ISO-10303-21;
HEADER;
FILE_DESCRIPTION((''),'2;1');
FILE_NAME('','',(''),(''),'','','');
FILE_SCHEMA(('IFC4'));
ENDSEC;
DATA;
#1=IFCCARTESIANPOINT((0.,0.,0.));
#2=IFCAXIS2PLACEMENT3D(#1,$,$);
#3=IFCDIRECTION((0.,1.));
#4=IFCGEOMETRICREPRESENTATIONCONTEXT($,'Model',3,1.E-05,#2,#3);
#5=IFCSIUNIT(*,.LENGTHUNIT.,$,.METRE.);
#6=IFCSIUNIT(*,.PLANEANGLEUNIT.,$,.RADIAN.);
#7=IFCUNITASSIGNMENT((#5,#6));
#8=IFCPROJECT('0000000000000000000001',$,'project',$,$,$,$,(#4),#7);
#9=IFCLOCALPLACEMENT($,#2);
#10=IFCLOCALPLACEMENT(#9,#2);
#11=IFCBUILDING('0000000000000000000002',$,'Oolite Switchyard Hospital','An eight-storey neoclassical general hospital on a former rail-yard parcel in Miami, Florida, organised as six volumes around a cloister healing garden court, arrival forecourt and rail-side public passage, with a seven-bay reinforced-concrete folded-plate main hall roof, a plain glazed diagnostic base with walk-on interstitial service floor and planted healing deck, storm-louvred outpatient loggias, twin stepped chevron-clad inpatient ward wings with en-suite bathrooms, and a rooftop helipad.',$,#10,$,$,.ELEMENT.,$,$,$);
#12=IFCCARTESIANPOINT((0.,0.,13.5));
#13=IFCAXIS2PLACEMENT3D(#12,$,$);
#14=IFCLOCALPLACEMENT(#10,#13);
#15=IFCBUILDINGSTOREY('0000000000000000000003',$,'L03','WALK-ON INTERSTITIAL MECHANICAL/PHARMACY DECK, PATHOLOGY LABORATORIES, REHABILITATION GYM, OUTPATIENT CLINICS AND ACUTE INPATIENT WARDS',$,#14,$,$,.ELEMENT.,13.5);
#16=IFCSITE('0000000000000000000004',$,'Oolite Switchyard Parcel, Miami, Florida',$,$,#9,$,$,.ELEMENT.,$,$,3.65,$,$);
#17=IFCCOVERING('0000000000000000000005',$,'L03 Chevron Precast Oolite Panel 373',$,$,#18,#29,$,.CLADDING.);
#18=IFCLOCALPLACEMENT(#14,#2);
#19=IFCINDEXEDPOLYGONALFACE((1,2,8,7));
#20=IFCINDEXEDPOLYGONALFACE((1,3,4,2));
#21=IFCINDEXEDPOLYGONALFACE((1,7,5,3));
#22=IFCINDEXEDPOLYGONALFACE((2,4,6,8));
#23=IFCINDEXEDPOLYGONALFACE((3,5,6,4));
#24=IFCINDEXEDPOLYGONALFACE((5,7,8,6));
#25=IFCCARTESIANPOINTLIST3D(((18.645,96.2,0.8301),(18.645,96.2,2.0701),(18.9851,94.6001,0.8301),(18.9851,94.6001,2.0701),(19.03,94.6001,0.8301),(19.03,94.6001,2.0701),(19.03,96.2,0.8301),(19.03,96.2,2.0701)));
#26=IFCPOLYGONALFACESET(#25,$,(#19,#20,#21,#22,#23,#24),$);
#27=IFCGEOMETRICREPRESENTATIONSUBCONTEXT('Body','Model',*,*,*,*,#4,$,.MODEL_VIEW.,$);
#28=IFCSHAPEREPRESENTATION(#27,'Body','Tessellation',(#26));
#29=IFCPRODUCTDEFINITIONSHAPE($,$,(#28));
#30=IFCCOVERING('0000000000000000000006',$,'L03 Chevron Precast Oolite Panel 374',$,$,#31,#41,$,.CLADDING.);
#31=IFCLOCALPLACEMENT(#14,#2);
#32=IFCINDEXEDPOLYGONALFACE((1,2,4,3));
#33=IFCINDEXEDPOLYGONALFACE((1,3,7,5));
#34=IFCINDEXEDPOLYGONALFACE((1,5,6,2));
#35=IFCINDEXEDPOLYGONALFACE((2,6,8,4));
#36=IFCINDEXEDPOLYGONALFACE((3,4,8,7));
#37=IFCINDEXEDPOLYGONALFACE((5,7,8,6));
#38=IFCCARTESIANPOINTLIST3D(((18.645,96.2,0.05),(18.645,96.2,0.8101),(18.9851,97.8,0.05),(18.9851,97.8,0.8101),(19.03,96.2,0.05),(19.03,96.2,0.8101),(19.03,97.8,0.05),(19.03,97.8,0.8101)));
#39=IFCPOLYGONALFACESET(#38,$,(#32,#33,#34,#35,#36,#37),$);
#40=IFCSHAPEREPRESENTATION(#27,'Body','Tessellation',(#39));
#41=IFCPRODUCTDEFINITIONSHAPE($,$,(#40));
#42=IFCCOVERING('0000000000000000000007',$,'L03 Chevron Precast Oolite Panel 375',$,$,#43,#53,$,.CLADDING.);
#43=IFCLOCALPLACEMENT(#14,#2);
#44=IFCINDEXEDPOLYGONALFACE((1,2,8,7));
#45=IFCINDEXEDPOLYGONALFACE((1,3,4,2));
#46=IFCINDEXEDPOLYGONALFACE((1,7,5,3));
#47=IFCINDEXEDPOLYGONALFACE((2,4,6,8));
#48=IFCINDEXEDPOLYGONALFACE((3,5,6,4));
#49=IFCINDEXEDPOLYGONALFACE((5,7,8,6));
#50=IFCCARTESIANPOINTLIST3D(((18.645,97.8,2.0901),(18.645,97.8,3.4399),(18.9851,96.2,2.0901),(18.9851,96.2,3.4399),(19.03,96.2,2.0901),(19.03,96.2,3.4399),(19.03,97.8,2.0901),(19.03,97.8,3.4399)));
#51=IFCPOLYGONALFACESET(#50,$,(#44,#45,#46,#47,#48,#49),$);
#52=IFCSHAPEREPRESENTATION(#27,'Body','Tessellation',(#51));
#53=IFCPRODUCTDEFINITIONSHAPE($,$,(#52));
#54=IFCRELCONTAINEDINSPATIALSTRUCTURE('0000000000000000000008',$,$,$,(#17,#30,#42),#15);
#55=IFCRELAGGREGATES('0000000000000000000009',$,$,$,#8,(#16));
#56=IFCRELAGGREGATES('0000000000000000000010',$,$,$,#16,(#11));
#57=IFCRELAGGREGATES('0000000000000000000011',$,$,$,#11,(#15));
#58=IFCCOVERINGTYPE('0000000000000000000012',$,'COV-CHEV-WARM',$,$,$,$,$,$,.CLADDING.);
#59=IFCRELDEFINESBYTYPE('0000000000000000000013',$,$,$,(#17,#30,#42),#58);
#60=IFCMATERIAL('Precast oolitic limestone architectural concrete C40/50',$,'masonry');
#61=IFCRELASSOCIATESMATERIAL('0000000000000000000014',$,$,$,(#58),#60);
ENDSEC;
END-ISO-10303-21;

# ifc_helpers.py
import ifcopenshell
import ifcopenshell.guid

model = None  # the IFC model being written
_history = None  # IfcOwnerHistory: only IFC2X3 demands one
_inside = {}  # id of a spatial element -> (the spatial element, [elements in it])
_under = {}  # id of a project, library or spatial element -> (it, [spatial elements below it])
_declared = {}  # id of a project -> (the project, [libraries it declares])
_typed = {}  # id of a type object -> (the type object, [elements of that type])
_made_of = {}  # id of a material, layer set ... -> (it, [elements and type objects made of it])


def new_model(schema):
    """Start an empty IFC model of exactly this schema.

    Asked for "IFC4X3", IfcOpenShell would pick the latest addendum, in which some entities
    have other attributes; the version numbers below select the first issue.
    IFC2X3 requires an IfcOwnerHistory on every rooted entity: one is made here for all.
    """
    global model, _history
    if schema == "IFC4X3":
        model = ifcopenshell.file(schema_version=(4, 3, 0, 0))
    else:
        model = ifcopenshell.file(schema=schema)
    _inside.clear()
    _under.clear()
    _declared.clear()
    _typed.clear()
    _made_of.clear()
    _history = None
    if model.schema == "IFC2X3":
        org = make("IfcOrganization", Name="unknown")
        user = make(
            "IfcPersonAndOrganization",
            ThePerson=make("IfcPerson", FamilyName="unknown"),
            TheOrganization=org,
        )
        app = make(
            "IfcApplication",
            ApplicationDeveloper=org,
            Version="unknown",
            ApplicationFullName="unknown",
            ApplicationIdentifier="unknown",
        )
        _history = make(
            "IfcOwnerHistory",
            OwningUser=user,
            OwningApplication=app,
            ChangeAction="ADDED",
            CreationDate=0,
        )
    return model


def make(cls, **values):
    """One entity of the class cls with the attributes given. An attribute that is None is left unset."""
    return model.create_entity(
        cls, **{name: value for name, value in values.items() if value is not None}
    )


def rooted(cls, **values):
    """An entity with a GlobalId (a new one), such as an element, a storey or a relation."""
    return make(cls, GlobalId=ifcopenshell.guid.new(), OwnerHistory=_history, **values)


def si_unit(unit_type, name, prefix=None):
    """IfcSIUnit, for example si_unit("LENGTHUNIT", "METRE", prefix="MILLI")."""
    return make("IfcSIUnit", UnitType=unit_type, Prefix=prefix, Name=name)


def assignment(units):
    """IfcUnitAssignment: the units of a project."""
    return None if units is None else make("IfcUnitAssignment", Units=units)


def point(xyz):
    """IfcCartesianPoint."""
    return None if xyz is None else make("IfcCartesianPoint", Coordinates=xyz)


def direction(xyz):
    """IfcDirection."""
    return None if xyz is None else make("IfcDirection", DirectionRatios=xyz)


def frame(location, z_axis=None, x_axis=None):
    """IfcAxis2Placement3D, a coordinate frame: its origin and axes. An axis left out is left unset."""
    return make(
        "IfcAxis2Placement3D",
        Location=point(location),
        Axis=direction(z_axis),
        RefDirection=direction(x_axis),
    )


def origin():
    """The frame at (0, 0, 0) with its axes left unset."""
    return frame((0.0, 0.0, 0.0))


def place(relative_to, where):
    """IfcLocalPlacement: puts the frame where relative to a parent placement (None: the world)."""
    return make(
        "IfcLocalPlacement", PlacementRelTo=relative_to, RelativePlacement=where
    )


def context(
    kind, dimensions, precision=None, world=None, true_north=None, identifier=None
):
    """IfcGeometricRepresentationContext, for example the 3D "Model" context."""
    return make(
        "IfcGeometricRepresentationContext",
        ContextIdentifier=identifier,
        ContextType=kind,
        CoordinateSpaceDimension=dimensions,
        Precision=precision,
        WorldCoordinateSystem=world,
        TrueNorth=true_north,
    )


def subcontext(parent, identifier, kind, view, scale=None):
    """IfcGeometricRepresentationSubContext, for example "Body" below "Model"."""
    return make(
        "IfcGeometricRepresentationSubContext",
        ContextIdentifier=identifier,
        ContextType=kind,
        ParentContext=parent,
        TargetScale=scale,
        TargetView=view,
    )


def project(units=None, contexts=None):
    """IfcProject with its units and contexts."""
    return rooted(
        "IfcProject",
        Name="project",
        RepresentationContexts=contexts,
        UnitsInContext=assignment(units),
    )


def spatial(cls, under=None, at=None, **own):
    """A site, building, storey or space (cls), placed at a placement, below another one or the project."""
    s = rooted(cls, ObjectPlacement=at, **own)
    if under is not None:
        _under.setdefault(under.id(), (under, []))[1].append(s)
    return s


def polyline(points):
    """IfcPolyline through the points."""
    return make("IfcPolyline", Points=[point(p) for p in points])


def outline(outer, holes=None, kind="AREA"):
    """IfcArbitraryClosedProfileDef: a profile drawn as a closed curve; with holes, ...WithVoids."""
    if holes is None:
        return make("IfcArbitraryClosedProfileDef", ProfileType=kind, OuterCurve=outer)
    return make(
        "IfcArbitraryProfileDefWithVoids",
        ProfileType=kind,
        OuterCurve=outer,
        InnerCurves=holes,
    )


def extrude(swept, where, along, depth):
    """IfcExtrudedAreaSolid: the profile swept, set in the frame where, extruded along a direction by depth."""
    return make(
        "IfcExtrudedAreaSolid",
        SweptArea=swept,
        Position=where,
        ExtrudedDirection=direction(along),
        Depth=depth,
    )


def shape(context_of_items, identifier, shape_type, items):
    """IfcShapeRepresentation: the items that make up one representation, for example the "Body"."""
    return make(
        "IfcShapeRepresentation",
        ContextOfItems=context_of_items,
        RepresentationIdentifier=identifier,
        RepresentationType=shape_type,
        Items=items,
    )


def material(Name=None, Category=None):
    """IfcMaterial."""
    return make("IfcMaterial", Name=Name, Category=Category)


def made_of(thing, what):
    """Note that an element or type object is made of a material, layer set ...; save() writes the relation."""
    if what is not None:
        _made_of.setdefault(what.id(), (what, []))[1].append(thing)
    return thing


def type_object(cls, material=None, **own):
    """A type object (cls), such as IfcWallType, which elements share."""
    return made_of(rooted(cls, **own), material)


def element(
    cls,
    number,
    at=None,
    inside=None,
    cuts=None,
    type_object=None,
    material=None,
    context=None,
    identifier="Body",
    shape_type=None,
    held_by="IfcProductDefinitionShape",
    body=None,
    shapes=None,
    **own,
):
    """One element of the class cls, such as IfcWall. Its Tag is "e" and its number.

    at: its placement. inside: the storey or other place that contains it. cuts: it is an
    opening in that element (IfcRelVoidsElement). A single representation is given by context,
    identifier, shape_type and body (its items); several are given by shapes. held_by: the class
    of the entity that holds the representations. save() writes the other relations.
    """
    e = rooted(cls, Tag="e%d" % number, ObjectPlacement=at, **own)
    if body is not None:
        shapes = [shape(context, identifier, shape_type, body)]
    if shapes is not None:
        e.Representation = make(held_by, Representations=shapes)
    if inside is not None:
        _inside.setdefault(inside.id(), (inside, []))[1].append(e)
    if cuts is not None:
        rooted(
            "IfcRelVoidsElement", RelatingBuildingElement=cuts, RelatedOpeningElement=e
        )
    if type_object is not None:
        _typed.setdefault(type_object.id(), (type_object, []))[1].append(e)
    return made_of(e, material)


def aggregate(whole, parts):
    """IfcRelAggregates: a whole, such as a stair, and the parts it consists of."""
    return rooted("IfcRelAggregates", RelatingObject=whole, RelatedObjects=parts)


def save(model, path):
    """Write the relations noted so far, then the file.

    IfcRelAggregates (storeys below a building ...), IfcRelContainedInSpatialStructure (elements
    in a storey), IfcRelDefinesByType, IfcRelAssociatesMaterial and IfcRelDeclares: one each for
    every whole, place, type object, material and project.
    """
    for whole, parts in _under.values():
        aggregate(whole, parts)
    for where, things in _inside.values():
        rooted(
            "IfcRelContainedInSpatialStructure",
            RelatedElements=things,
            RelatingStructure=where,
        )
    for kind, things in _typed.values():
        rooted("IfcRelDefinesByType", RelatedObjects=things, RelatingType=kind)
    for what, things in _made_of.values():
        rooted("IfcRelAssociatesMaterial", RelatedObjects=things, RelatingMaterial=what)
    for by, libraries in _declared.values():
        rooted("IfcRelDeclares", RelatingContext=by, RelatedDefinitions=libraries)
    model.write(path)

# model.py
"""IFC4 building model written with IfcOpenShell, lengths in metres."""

from ifc_helpers import new_model, si_unit, direction, frame, origin, place, context, subcontext, project, spatial, polyline, outline, extrude, material, type_object, element, save


model = new_model("IFC4")

# Units and contexts
model_context = context("Model", 3, precision=1e-05, world=origin(), true_north=direction((0.0, 1.0)))
body_context = subcontext(model_context, "Body", "Model", "MODEL_VIEW")
ifc_project = project(units=[si_unit("LENGTHUNIT", "METRE"), si_unit("PLANEANGLEUNIT", "RADIAN")], contexts=[model_context])

# Site, building, storey
site_placement = place(None, origin())
site = spatial("IfcSite", under=ifc_project, at=site_placement, Name="Oolite Switchyard Parcel, Miami, Florida", CompositionType="ELEMENT", RefElevation=3.65)
building_placement = place(site_placement, origin())
building = spatial("IfcBuilding", under=site, at=building_placement, Name="Oolite Switchyard Hospital", Description="An eight-storey neoclassical general hospital on a former rail-yard parcel in Miami, Florida, organised as six volumes around a cloister healing garden court, arrival forecourt and rail-side public passage, with a seven-bay reinforced-concrete folded-plate main hall roof, a plain glazed diagnostic base with walk-on interstitial service floor and planted healing deck, storm-louvred outpatient loggias, twin stepped chevron-clad inpatient ward wings with en-suite bathrooms, and a rooftop helipad.", CompositionType="ELEMENT")
storey_placement = place(building_placement, frame((0.0, 0.0, 13.5)))
storey = spatial("IfcBuildingStorey", under=building, at=storey_placement, Name="L03", Description="WALK-ON INTERSTITIAL MECHANICAL/PHARMACY DECK, PATHOLOGY LABORATORIES, REHABILITATION GYM, OUTPATIENT CLINICS AND ACUTE INPATIENT WARDS", CompositionType="ELEMENT", Elevation=13.5)

# Coverings
ifc_material_1 = material(Name="Precast oolitic limestone architectural concrete C40/50", Category="masonry")
covering_type = type_object("IfcCoveringType", Name="COV-CHEV-WARM", PredefinedType="CLADDING", material=ifc_material_1)
covering_1_placement = place(storey_placement, frame((19.03, 94.6001, 0.8301), z_axis=(0.0, 0.0, 1.0), x_axis=(0.0, 1.0, 0.0)))
element("IfcCovering", 1, at=covering_1_placement, inside=storey, type_object=covering_type, Name="L03 Chevron Precast Oolite Panel 373", PredefinedType="CLADDING", context=body_context, shape_type="SweptSolid", body=[
    extrude(outline(polyline([(0.0, 0.0), (1.5999, 0.0), (1.5999, 0.385), (0.0, 0.0449), (0.0, 0.0)])), origin(), (0.0, 0.0, 1.0), 1.24),
])
covering_2_placement = place(storey_placement, frame((19.03, 96.2, 0.05), z_axis=(0.0, 0.0, 1.0), x_axis=(0.0, 1.0, 0.0)))
element("IfcCovering", 2, at=covering_2_placement, inside=storey, type_object=covering_type, Name="L03 Chevron Precast Oolite Panel 374", PredefinedType="CLADDING", context=body_context, shape_type="SweptSolid", body=[
    extrude(outline(polyline([(0.0, 0.0), (1.6001, 0.0), (1.6001, 0.0449), (0.0, 0.385), (0.0, 0.0)])), origin(), (0.0, 0.0, 1.0), 0.76),
])
covering_3_placement = place(storey_placement, frame((19.03, 96.2, 2.0901), z_axis=(0.0, 0.0, 1.0), x_axis=(0.0, 1.0, 0.0)))
element("IfcCovering", 3, at=covering_3_placement, inside=storey, type_object=covering_type, Name="L03 Chevron Precast Oolite Panel 375", PredefinedType="CLADDING", context=body_context, shape_type="SweptSolid", body=[
    extrude(outline(polyline([(0.0, 0.0), (1.6001, 0.0), (1.6001, 0.385), (0.0, 0.0449), (0.0, 0.0)])), origin(), (0.0, 0.0, 1.0), 1.3499),
])

save(model, "model.ifc")
